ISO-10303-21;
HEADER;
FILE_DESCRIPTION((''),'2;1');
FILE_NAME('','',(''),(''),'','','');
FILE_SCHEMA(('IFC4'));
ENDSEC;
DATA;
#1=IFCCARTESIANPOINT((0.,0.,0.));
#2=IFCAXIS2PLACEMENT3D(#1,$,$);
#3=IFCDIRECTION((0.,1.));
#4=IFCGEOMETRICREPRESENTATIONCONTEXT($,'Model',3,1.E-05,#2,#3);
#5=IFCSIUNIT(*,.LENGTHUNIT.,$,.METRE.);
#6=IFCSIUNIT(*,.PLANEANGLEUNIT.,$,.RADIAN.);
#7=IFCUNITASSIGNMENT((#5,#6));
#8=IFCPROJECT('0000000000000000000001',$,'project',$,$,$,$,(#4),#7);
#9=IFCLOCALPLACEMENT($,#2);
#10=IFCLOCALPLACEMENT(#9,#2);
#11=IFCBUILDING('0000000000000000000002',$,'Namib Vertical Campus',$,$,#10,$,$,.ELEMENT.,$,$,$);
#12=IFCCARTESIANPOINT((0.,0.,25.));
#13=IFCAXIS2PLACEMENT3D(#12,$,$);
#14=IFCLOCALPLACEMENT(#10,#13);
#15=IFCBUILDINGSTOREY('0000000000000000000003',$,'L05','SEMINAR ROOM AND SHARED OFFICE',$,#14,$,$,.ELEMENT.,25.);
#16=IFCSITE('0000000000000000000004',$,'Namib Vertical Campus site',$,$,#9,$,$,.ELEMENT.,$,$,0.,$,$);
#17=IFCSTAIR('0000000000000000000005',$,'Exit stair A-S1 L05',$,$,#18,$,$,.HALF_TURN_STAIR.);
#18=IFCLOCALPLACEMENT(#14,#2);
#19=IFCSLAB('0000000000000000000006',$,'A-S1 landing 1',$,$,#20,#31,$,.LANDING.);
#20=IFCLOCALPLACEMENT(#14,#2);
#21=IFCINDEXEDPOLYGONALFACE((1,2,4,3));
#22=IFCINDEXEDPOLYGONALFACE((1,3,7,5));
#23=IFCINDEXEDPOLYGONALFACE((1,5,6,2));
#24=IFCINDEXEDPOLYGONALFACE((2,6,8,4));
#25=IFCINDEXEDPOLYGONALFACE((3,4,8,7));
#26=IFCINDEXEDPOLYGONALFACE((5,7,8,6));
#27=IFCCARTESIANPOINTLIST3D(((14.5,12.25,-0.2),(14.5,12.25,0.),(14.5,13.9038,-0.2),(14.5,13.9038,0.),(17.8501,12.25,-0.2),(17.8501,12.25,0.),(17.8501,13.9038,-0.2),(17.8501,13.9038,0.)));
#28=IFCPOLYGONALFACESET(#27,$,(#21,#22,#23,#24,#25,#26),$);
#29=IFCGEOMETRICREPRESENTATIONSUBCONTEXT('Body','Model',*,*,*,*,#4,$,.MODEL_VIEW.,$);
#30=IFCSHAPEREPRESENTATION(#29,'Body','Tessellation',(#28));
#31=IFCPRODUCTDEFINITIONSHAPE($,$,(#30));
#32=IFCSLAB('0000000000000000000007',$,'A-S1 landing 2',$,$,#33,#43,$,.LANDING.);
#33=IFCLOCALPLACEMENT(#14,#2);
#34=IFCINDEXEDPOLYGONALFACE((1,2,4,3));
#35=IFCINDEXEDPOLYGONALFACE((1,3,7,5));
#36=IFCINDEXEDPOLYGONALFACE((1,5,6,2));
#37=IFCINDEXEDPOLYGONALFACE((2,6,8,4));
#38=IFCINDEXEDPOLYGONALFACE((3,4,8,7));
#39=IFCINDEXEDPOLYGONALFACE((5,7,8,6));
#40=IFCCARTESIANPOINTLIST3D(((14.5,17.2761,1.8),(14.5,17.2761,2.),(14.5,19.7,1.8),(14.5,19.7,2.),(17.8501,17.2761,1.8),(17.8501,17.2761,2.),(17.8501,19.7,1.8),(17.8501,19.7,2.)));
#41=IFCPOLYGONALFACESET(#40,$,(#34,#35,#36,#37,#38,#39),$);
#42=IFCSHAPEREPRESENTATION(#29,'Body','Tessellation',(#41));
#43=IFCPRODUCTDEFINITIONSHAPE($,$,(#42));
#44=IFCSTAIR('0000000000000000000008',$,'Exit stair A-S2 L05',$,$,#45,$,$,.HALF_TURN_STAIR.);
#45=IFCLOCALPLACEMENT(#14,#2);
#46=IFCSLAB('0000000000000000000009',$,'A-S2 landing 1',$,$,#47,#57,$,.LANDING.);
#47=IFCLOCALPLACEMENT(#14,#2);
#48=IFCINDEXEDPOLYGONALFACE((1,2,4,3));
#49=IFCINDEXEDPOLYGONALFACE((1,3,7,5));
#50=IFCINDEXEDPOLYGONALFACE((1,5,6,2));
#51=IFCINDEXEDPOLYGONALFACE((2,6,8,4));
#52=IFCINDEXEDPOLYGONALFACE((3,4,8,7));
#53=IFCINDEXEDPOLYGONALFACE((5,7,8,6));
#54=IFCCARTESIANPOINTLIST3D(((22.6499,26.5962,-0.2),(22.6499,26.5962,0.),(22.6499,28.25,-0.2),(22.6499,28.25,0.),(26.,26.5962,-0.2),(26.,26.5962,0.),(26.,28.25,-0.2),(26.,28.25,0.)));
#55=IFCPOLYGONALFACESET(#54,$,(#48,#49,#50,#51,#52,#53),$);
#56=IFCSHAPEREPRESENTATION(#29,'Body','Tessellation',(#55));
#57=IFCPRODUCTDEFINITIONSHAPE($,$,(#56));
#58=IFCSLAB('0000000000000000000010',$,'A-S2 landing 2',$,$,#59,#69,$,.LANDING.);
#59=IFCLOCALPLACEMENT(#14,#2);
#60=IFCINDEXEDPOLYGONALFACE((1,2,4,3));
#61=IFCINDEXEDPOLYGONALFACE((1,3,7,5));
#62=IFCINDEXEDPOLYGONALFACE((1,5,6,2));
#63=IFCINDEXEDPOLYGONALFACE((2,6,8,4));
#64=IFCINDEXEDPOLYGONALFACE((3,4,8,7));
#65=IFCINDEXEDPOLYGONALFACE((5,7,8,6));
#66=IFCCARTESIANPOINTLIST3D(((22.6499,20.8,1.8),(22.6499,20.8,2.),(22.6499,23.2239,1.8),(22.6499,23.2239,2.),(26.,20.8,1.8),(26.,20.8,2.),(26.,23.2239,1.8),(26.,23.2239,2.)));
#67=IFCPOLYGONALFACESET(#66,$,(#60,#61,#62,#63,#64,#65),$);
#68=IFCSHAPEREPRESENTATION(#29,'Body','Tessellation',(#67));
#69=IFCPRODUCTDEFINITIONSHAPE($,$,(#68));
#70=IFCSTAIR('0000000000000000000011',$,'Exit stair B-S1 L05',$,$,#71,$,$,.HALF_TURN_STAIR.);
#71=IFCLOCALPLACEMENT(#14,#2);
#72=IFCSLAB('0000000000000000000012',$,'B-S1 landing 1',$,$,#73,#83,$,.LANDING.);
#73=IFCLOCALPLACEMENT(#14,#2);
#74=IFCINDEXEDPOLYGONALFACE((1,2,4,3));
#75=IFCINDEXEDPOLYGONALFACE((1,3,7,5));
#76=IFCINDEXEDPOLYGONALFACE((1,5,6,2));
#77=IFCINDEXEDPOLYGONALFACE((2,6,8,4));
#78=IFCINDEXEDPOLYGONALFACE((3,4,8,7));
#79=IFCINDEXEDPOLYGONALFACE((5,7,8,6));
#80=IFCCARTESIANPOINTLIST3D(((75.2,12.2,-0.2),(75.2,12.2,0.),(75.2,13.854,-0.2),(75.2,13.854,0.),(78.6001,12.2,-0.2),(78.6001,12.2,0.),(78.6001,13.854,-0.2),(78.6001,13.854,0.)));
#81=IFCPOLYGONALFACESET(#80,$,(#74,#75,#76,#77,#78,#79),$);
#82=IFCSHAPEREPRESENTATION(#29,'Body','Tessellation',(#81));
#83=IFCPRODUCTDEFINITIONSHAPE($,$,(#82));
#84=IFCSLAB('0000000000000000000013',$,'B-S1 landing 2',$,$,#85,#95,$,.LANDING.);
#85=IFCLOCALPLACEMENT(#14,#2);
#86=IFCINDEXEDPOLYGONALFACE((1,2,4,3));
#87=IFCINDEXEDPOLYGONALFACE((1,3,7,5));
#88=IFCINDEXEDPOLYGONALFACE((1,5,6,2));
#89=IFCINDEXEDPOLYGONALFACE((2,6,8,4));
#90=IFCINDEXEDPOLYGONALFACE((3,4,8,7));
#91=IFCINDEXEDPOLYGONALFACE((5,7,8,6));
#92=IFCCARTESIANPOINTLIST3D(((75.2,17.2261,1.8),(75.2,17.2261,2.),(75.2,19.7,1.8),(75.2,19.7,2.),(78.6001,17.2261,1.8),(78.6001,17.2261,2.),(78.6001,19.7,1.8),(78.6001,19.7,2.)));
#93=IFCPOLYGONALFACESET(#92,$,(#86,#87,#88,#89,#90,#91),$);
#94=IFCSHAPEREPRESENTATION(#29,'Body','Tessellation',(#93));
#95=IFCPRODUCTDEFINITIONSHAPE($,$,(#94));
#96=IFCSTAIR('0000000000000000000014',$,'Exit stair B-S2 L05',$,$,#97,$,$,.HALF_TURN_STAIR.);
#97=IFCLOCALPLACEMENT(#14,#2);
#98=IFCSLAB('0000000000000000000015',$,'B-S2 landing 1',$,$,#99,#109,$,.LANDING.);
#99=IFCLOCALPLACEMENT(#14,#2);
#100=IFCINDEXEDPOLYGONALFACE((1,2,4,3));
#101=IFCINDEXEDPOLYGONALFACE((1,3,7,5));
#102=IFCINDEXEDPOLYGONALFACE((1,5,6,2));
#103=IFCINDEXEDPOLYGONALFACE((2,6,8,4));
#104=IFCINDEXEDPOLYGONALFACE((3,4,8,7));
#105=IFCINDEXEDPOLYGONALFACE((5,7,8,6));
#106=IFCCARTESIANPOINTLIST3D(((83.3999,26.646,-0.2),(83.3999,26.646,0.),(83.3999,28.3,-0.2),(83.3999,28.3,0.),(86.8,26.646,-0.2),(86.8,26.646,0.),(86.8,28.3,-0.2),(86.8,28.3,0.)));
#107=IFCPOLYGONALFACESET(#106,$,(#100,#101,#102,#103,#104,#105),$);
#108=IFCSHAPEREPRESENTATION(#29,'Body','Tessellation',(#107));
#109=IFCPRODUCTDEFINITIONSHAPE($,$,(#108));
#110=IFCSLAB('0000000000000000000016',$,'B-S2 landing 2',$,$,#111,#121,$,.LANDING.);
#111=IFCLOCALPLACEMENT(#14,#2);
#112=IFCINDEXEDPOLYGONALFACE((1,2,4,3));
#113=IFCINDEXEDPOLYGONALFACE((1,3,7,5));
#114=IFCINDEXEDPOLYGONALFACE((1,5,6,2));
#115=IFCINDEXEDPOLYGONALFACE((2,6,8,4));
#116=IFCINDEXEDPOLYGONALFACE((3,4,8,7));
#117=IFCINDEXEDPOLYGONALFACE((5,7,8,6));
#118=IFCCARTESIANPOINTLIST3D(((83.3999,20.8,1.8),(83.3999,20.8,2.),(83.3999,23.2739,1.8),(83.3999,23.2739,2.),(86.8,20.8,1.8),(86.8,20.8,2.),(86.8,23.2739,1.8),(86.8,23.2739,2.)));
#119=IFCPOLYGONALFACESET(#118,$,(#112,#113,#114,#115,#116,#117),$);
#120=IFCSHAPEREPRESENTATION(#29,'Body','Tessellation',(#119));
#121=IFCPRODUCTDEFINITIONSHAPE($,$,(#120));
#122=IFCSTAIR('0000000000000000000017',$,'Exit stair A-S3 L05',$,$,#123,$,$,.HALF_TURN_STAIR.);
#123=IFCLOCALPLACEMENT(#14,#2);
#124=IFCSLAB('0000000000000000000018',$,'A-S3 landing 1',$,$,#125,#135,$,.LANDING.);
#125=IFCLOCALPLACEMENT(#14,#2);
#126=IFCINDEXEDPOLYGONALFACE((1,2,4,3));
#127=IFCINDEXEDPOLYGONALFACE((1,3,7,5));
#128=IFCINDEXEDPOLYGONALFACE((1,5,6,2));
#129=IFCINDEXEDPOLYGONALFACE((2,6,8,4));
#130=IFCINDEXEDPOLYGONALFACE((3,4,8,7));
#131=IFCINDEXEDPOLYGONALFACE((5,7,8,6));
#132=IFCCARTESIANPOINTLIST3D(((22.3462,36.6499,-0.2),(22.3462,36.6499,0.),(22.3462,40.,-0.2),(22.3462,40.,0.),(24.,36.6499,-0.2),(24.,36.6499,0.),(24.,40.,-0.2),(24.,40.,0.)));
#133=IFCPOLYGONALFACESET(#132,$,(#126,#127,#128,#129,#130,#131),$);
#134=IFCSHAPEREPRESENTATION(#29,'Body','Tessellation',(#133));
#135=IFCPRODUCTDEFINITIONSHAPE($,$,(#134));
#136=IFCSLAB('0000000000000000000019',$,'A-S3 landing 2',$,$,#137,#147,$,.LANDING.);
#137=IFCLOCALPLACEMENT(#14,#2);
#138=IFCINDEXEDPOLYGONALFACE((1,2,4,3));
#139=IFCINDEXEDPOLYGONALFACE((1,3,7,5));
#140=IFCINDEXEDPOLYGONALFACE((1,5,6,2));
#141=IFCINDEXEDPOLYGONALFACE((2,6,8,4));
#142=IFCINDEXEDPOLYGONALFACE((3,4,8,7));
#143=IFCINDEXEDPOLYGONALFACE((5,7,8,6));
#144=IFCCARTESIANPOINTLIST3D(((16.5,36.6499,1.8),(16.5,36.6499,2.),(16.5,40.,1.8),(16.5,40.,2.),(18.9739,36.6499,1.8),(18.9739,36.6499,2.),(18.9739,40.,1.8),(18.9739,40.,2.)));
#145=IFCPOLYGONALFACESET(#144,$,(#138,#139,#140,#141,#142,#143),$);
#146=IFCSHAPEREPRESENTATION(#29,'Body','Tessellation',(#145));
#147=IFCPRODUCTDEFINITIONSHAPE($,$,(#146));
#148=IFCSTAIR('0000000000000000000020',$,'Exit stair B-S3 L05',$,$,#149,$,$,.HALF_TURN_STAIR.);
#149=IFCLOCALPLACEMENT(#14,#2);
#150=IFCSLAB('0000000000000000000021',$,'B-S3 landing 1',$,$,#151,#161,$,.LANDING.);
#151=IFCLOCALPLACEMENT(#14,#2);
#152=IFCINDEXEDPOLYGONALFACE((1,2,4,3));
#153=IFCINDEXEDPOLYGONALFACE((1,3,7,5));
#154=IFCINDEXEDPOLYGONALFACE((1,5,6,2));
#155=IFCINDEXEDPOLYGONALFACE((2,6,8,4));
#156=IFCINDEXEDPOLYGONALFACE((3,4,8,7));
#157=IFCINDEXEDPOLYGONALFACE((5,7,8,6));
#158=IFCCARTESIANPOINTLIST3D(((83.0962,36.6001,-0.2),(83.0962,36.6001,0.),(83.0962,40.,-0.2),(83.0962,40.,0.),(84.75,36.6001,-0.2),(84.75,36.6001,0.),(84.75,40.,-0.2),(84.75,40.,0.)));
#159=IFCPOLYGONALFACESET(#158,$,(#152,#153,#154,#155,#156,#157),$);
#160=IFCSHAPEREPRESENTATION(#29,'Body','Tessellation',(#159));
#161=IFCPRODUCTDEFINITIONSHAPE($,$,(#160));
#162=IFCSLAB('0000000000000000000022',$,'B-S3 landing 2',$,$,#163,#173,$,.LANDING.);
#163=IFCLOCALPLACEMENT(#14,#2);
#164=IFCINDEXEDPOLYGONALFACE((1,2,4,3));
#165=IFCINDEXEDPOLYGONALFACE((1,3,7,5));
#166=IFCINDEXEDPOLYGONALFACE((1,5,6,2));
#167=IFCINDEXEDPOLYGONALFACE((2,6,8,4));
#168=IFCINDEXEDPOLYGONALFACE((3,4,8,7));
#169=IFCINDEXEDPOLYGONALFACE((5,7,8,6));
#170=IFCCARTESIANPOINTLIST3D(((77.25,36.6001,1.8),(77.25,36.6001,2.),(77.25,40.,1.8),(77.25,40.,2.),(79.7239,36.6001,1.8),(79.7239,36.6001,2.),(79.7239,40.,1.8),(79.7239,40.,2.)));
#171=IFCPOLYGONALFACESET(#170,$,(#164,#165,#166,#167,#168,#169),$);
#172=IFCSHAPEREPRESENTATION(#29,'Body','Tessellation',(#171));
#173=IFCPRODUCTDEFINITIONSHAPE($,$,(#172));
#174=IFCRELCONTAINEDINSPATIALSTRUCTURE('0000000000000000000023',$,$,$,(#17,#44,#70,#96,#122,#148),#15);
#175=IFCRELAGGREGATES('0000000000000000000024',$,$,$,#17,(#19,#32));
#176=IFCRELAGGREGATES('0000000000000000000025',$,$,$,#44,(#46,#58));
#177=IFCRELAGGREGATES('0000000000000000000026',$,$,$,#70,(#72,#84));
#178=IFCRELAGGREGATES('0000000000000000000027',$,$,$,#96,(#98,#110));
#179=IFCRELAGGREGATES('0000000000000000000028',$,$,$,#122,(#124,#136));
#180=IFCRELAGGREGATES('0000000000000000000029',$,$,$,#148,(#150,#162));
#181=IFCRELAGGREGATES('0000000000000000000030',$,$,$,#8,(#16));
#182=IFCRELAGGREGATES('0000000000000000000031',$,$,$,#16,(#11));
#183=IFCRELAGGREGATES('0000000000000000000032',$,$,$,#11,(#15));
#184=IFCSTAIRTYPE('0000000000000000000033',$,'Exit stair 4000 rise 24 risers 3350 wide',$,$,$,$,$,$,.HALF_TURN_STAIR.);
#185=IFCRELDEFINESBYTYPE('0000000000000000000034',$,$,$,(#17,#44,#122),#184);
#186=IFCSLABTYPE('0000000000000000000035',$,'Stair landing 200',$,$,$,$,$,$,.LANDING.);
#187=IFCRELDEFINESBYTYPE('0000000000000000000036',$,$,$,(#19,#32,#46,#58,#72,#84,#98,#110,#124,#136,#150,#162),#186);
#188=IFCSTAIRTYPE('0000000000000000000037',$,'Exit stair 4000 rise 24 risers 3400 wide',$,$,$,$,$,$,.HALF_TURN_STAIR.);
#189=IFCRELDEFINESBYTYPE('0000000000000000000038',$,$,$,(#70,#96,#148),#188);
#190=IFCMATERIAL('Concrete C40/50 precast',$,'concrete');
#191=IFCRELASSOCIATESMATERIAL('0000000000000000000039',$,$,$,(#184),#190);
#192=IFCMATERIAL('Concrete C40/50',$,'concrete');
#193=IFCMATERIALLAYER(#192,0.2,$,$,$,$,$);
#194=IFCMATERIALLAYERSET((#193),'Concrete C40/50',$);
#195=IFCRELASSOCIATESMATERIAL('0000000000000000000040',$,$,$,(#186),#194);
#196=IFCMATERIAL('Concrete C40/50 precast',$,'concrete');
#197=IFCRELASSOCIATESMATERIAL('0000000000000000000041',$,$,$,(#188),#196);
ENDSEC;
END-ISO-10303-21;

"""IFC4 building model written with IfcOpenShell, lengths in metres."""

from ifc_helpers import new_model, si_unit, direction, frame, origin, place, context, subcontext, project, spatial, polyline, outline, extrude, material, layer, layer_set, type_object, element, aggregate, save


model = new_model("IFC4")

# Units and contexts
model_context = context("Model", 3, precision=1e-05, world=origin(), true_north=direction((0.0, 1.0)))
body_context = subcontext(model_context, "Body", "Model", "MODEL_VIEW")
ifc_project = project(units=[si_unit("LENGTHUNIT", "METRE"), si_unit("PLANEANGLEUNIT", "RADIAN")], contexts=[model_context])

# Site, building, storey
site_placement = place(None, origin())
site = spatial("IfcSite", under=ifc_project, at=site_placement, Name="Namib Vertical Campus site", CompositionType="ELEMENT", RefElevation=0.0)
building_placement = place(site_placement, origin())
building = spatial("IfcBuilding", under=site, at=building_placement, Name="Namib Vertical Campus", CompositionType="ELEMENT")
storey_placement = place(building_placement, frame((0.0, 0.0, 25.0)))
storey = spatial("IfcBuildingStorey", under=building, at=storey_placement, Name="L05", Description="SEMINAR ROOM AND SHARED OFFICE", CompositionType="ELEMENT", Elevation=25.0)

# Stairs, slabs
ifc_material_1 = material(Name="Concrete C40/50 precast", Category="concrete")
stair_type_1 = type_object("IfcStairType", Name="Exit stair 4000 rise 24 risers 3350 wide", PredefinedType="HALF_TURN_STAIR", material=ifc_material_1)
stair_1_placement = place(storey_placement, origin())
stair_1 = element("IfcStair", 1, at=stair_1_placement, inside=storey, type_object=stair_type_1, Name="Exit stair A-S1 L05", PredefinedType="HALF_TURN_STAIR")
ifc_material_2 = material(Name="Concrete C40/50", Category="concrete")
ifc_layer_1 = layer(ifc_material_2, 0.2)
ifc_layer_set_1 = layer_set([ifc_layer_1], Name="Concrete C40/50")
slab_type_1 = type_object("IfcSlabType", Name="Stair landing 200", PredefinedType="LANDING", material=ifc_layer_set_1)
slab_1_placement = place(storey_placement, frame((0.0, 0.0, -0.2)))
slab_1 = element("IfcSlab", 2, at=slab_1_placement, type_object=slab_type_1, Name="A-S1 landing 1", PredefinedType="LANDING", context=body_context, shape_type="SweptSolid", body=[
    extrude(outline(polyline([(14.5, 12.25), (17.8501, 12.25), (17.8501, 13.9038), (14.5, 13.9038), (14.5, 12.25)])), origin(), (0.0, 0.0, 1.0), 0.2),
])
slab_2_placement = place(storey_placement, frame((0.0, 0.0, 1.8)))
slab_2 = element("IfcSlab", 3, at=slab_2_placement, type_object=slab_type_1, Name="A-S1 landing 2", PredefinedType="LANDING", context=body_context, shape_type="SweptSolid", body=[
    extrude(outline(polyline([(14.5, 17.2761), (17.8501, 17.2761), (17.8501, 19.7), (14.5, 19.7), (14.5, 17.2761)])), origin(), (0.0, 0.0, 1.0), 0.2),
])
aggregate(stair_1, [slab_1, slab_2])
stair_2_placement = place(storey_placement, origin())
stair_2 = element("IfcStair", 4, at=stair_2_placement, inside=storey, type_object=stair_type_1, Name="Exit stair A-S2 L05", PredefinedType="HALF_TURN_STAIR")
slab_3_placement = place(storey_placement, frame((0.0, 0.0, -0.2)))
slab_3 = element("IfcSlab", 5, at=slab_3_placement, type_object=slab_type_1, Name="A-S2 landing 1", PredefinedType="LANDING", context=body_context, shape_type="SweptSolid", body=[
    extrude(outline(polyline([(22.6499, 26.5962), (26.0, 26.5962), (26.0, 28.25), (22.6499, 28.25), (22.6499, 26.5962)])), origin(), (0.0, 0.0, 1.0), 0.2),
])
slab_4_placement = place(storey_placement, frame((0.0, 0.0, 1.8)))
slab_4 = element("IfcSlab", 6, at=slab_4_placement, type_object=slab_type_1, Name="A-S2 landing 2", PredefinedType="LANDING", context=body_context, shape_type="SweptSolid", body=[
    extrude(outline(polyline([(22.6499, 20.8), (26.0, 20.8), (26.0, 23.2239), (22.6499, 23.2239), (22.6499, 20.8)])), origin(), (0.0, 0.0, 1.0), 0.2),
])
aggregate(stair_2, [slab_3, slab_4])
ifc_material_3 = material(Name="Concrete C40/50 precast", Category="concrete")
stair_type_2 = type_object("IfcStairType", Name="Exit stair 4000 rise 24 risers 3400 wide", PredefinedType="HALF_TURN_STAIR", material=ifc_material_3)
stair_3_placement = place(storey_placement, origin())
stair_3 = element("IfcStair", 7, at=stair_3_placement, inside=storey, type_object=stair_type_2, Name="Exit stair B-S1 L05", PredefinedType="HALF_TURN_STAIR")
slab_5_placement = place(storey_placement, frame((0.0, 0.0, -0.2)))
slab_5 = element("IfcSlab", 8, at=slab_5_placement, type_object=slab_type_1, Name="B-S1 landing 1", PredefinedType="LANDING", context=body_context, shape_type="SweptSolid", body=[
    extrude(outline(polyline([(75.2, 12.2), (78.6001, 12.2), (78.6001, 13.854), (75.2, 13.854), (75.2, 12.2)])), origin(), (0.0, 0.0, 1.0), 0.2),
])
slab_6_placement = place(storey_placement, frame((0.0, 0.0, 1.8)))
slab_6 = element("IfcSlab", 9, at=slab_6_placement, type_object=slab_type_1, Name="B-S1 landing 2", PredefinedType="LANDING", context=body_context, shape_type="SweptSolid", body=[
    extrude(outline(polyline([(75.2, 17.2261), (78.6001, 17.2261), (78.6001, 19.7), (75.2, 19.7), (75.2, 17.2261)])), origin(), (0.0, 0.0, 1.0), 0.2),
])
aggregate(stair_3, [slab_5, slab_6])
stair_4_placement = place(storey_placement, origin())
stair_4 = element("IfcStair", 10, at=stair_4_placement, inside=storey, type_object=stair_type_2, Name="Exit stair B-S2 L05", PredefinedType="HALF_TURN_STAIR")
slab_7_placement = place(storey_placement, frame((0.0, 0.0, -0.2)))
slab_7 = element("IfcSlab", 11, at=slab_7_placement, type_object=slab_type_1, Name="B-S2 landing 1", PredefinedType="LANDING", context=body_context, shape_type="SweptSolid", body=[
    extrude(outline(polyline([(83.3999, 26.646), (86.8, 26.646), (86.8, 28.3), (83.3999, 28.3), (83.3999, 26.646)])), origin(), (0.0, 0.0, 1.0), 0.2),
])
slab_8_placement = place(storey_placement, frame((0.0, 0.0, 1.8)))
slab_8 = element("IfcSlab", 12, at=slab_8_placement, type_object=slab_type_1, Name="B-S2 landing 2", PredefinedType="LANDING", context=body_context, shape_type="SweptSolid", body=[
    extrude(outline(polyline([(83.3999, 20.8), (86.8, 20.8), (86.8, 23.2739), (83.3999, 23.2739), (83.3999, 20.8)])), origin(), (0.0, 0.0, 1.0), 0.2),
])
aggregate(stair_4, [slab_7, slab_8])
stair_5_placement = place(storey_placement, origin())
stair_5 = element("IfcStair", 13, at=stair_5_placement, inside=storey, type_object=stair_type_1, Name="Exit stair A-S3 L05", PredefinedType="HALF_TURN_STAIR")
slab_9_placement = place(storey_placement, frame((0.0, 0.0, -0.2)))
slab_9 = element("IfcSlab", 14, at=slab_9_placement, type_object=slab_type_1, Name="A-S3 landing 1", PredefinedType="LANDING", context=body_context, shape_type="SweptSolid", body=[
    extrude(outline(polyline([(22.3462, 36.6499), (22.3462, 40.0), (24.0, 40.0), (24.0, 36.6499), (22.3462, 36.6499)])), origin(), (0.0, 0.0, 1.0), 0.2),
])
slab_10_placement = place(storey_placement, frame((0.0, 0.0, 1.8)))
slab_10 = element("IfcSlab", 15, at=slab_10_placement, type_object=slab_type_1, Name="A-S3 landing 2", PredefinedType="LANDING", context=body_context, shape_type="SweptSolid", body=[
    extrude(outline(polyline([(16.5, 36.6499), (16.5, 40.0), (18.9739, 40.0), (18.9739, 36.6499), (16.5, 36.6499)])), origin(), (0.0, 0.0, 1.0), 0.2),
])
aggregate(stair_5, [slab_9, slab_10])
stair_6_placement = place(storey_placement, origin())
stair_6 = element("IfcStair", 16, at=stair_6_placement, inside=storey, type_object=stair_type_2, Name="Exit stair B-S3 L05", PredefinedType="HALF_TURN_STAIR")
slab_11_placement = place(storey_placement, frame((0.0, 0.0, -0.2)))
slab_11 = element("IfcSlab", 17, at=slab_11_placement, type_object=slab_type_1, Name="B-S3 landing 1", PredefinedType="LANDING", context=body_context, shape_type="SweptSolid", body=[
    extrude(outline(polyline([(83.0962, 36.6001), (83.0962, 40.0), (84.75, 40.0), (84.75, 36.6001), (83.0962, 36.6001)])), origin(), (0.0, 0.0, 1.0), 0.2),
])
slab_12_placement = place(storey_placement, frame((0.0, 0.0, 1.8)))
slab_12 = element("IfcSlab", 18, at=slab_12_placement, type_object=slab_type_1, Name="B-S3 landing 2", PredefinedType="LANDING", context=body_context, shape_type="SweptSolid", body=[
    extrude(outline(polyline([(77.25, 36.6001), (77.25, 40.0), (79.7239, 40.0), (79.7239, 36.6001), (77.25, 36.6001)])), origin(), (0.0, 0.0, 1.0), 0.2),
])
aggregate(stair_6, [slab_11, slab_12])

save(model, "model.ifc")
